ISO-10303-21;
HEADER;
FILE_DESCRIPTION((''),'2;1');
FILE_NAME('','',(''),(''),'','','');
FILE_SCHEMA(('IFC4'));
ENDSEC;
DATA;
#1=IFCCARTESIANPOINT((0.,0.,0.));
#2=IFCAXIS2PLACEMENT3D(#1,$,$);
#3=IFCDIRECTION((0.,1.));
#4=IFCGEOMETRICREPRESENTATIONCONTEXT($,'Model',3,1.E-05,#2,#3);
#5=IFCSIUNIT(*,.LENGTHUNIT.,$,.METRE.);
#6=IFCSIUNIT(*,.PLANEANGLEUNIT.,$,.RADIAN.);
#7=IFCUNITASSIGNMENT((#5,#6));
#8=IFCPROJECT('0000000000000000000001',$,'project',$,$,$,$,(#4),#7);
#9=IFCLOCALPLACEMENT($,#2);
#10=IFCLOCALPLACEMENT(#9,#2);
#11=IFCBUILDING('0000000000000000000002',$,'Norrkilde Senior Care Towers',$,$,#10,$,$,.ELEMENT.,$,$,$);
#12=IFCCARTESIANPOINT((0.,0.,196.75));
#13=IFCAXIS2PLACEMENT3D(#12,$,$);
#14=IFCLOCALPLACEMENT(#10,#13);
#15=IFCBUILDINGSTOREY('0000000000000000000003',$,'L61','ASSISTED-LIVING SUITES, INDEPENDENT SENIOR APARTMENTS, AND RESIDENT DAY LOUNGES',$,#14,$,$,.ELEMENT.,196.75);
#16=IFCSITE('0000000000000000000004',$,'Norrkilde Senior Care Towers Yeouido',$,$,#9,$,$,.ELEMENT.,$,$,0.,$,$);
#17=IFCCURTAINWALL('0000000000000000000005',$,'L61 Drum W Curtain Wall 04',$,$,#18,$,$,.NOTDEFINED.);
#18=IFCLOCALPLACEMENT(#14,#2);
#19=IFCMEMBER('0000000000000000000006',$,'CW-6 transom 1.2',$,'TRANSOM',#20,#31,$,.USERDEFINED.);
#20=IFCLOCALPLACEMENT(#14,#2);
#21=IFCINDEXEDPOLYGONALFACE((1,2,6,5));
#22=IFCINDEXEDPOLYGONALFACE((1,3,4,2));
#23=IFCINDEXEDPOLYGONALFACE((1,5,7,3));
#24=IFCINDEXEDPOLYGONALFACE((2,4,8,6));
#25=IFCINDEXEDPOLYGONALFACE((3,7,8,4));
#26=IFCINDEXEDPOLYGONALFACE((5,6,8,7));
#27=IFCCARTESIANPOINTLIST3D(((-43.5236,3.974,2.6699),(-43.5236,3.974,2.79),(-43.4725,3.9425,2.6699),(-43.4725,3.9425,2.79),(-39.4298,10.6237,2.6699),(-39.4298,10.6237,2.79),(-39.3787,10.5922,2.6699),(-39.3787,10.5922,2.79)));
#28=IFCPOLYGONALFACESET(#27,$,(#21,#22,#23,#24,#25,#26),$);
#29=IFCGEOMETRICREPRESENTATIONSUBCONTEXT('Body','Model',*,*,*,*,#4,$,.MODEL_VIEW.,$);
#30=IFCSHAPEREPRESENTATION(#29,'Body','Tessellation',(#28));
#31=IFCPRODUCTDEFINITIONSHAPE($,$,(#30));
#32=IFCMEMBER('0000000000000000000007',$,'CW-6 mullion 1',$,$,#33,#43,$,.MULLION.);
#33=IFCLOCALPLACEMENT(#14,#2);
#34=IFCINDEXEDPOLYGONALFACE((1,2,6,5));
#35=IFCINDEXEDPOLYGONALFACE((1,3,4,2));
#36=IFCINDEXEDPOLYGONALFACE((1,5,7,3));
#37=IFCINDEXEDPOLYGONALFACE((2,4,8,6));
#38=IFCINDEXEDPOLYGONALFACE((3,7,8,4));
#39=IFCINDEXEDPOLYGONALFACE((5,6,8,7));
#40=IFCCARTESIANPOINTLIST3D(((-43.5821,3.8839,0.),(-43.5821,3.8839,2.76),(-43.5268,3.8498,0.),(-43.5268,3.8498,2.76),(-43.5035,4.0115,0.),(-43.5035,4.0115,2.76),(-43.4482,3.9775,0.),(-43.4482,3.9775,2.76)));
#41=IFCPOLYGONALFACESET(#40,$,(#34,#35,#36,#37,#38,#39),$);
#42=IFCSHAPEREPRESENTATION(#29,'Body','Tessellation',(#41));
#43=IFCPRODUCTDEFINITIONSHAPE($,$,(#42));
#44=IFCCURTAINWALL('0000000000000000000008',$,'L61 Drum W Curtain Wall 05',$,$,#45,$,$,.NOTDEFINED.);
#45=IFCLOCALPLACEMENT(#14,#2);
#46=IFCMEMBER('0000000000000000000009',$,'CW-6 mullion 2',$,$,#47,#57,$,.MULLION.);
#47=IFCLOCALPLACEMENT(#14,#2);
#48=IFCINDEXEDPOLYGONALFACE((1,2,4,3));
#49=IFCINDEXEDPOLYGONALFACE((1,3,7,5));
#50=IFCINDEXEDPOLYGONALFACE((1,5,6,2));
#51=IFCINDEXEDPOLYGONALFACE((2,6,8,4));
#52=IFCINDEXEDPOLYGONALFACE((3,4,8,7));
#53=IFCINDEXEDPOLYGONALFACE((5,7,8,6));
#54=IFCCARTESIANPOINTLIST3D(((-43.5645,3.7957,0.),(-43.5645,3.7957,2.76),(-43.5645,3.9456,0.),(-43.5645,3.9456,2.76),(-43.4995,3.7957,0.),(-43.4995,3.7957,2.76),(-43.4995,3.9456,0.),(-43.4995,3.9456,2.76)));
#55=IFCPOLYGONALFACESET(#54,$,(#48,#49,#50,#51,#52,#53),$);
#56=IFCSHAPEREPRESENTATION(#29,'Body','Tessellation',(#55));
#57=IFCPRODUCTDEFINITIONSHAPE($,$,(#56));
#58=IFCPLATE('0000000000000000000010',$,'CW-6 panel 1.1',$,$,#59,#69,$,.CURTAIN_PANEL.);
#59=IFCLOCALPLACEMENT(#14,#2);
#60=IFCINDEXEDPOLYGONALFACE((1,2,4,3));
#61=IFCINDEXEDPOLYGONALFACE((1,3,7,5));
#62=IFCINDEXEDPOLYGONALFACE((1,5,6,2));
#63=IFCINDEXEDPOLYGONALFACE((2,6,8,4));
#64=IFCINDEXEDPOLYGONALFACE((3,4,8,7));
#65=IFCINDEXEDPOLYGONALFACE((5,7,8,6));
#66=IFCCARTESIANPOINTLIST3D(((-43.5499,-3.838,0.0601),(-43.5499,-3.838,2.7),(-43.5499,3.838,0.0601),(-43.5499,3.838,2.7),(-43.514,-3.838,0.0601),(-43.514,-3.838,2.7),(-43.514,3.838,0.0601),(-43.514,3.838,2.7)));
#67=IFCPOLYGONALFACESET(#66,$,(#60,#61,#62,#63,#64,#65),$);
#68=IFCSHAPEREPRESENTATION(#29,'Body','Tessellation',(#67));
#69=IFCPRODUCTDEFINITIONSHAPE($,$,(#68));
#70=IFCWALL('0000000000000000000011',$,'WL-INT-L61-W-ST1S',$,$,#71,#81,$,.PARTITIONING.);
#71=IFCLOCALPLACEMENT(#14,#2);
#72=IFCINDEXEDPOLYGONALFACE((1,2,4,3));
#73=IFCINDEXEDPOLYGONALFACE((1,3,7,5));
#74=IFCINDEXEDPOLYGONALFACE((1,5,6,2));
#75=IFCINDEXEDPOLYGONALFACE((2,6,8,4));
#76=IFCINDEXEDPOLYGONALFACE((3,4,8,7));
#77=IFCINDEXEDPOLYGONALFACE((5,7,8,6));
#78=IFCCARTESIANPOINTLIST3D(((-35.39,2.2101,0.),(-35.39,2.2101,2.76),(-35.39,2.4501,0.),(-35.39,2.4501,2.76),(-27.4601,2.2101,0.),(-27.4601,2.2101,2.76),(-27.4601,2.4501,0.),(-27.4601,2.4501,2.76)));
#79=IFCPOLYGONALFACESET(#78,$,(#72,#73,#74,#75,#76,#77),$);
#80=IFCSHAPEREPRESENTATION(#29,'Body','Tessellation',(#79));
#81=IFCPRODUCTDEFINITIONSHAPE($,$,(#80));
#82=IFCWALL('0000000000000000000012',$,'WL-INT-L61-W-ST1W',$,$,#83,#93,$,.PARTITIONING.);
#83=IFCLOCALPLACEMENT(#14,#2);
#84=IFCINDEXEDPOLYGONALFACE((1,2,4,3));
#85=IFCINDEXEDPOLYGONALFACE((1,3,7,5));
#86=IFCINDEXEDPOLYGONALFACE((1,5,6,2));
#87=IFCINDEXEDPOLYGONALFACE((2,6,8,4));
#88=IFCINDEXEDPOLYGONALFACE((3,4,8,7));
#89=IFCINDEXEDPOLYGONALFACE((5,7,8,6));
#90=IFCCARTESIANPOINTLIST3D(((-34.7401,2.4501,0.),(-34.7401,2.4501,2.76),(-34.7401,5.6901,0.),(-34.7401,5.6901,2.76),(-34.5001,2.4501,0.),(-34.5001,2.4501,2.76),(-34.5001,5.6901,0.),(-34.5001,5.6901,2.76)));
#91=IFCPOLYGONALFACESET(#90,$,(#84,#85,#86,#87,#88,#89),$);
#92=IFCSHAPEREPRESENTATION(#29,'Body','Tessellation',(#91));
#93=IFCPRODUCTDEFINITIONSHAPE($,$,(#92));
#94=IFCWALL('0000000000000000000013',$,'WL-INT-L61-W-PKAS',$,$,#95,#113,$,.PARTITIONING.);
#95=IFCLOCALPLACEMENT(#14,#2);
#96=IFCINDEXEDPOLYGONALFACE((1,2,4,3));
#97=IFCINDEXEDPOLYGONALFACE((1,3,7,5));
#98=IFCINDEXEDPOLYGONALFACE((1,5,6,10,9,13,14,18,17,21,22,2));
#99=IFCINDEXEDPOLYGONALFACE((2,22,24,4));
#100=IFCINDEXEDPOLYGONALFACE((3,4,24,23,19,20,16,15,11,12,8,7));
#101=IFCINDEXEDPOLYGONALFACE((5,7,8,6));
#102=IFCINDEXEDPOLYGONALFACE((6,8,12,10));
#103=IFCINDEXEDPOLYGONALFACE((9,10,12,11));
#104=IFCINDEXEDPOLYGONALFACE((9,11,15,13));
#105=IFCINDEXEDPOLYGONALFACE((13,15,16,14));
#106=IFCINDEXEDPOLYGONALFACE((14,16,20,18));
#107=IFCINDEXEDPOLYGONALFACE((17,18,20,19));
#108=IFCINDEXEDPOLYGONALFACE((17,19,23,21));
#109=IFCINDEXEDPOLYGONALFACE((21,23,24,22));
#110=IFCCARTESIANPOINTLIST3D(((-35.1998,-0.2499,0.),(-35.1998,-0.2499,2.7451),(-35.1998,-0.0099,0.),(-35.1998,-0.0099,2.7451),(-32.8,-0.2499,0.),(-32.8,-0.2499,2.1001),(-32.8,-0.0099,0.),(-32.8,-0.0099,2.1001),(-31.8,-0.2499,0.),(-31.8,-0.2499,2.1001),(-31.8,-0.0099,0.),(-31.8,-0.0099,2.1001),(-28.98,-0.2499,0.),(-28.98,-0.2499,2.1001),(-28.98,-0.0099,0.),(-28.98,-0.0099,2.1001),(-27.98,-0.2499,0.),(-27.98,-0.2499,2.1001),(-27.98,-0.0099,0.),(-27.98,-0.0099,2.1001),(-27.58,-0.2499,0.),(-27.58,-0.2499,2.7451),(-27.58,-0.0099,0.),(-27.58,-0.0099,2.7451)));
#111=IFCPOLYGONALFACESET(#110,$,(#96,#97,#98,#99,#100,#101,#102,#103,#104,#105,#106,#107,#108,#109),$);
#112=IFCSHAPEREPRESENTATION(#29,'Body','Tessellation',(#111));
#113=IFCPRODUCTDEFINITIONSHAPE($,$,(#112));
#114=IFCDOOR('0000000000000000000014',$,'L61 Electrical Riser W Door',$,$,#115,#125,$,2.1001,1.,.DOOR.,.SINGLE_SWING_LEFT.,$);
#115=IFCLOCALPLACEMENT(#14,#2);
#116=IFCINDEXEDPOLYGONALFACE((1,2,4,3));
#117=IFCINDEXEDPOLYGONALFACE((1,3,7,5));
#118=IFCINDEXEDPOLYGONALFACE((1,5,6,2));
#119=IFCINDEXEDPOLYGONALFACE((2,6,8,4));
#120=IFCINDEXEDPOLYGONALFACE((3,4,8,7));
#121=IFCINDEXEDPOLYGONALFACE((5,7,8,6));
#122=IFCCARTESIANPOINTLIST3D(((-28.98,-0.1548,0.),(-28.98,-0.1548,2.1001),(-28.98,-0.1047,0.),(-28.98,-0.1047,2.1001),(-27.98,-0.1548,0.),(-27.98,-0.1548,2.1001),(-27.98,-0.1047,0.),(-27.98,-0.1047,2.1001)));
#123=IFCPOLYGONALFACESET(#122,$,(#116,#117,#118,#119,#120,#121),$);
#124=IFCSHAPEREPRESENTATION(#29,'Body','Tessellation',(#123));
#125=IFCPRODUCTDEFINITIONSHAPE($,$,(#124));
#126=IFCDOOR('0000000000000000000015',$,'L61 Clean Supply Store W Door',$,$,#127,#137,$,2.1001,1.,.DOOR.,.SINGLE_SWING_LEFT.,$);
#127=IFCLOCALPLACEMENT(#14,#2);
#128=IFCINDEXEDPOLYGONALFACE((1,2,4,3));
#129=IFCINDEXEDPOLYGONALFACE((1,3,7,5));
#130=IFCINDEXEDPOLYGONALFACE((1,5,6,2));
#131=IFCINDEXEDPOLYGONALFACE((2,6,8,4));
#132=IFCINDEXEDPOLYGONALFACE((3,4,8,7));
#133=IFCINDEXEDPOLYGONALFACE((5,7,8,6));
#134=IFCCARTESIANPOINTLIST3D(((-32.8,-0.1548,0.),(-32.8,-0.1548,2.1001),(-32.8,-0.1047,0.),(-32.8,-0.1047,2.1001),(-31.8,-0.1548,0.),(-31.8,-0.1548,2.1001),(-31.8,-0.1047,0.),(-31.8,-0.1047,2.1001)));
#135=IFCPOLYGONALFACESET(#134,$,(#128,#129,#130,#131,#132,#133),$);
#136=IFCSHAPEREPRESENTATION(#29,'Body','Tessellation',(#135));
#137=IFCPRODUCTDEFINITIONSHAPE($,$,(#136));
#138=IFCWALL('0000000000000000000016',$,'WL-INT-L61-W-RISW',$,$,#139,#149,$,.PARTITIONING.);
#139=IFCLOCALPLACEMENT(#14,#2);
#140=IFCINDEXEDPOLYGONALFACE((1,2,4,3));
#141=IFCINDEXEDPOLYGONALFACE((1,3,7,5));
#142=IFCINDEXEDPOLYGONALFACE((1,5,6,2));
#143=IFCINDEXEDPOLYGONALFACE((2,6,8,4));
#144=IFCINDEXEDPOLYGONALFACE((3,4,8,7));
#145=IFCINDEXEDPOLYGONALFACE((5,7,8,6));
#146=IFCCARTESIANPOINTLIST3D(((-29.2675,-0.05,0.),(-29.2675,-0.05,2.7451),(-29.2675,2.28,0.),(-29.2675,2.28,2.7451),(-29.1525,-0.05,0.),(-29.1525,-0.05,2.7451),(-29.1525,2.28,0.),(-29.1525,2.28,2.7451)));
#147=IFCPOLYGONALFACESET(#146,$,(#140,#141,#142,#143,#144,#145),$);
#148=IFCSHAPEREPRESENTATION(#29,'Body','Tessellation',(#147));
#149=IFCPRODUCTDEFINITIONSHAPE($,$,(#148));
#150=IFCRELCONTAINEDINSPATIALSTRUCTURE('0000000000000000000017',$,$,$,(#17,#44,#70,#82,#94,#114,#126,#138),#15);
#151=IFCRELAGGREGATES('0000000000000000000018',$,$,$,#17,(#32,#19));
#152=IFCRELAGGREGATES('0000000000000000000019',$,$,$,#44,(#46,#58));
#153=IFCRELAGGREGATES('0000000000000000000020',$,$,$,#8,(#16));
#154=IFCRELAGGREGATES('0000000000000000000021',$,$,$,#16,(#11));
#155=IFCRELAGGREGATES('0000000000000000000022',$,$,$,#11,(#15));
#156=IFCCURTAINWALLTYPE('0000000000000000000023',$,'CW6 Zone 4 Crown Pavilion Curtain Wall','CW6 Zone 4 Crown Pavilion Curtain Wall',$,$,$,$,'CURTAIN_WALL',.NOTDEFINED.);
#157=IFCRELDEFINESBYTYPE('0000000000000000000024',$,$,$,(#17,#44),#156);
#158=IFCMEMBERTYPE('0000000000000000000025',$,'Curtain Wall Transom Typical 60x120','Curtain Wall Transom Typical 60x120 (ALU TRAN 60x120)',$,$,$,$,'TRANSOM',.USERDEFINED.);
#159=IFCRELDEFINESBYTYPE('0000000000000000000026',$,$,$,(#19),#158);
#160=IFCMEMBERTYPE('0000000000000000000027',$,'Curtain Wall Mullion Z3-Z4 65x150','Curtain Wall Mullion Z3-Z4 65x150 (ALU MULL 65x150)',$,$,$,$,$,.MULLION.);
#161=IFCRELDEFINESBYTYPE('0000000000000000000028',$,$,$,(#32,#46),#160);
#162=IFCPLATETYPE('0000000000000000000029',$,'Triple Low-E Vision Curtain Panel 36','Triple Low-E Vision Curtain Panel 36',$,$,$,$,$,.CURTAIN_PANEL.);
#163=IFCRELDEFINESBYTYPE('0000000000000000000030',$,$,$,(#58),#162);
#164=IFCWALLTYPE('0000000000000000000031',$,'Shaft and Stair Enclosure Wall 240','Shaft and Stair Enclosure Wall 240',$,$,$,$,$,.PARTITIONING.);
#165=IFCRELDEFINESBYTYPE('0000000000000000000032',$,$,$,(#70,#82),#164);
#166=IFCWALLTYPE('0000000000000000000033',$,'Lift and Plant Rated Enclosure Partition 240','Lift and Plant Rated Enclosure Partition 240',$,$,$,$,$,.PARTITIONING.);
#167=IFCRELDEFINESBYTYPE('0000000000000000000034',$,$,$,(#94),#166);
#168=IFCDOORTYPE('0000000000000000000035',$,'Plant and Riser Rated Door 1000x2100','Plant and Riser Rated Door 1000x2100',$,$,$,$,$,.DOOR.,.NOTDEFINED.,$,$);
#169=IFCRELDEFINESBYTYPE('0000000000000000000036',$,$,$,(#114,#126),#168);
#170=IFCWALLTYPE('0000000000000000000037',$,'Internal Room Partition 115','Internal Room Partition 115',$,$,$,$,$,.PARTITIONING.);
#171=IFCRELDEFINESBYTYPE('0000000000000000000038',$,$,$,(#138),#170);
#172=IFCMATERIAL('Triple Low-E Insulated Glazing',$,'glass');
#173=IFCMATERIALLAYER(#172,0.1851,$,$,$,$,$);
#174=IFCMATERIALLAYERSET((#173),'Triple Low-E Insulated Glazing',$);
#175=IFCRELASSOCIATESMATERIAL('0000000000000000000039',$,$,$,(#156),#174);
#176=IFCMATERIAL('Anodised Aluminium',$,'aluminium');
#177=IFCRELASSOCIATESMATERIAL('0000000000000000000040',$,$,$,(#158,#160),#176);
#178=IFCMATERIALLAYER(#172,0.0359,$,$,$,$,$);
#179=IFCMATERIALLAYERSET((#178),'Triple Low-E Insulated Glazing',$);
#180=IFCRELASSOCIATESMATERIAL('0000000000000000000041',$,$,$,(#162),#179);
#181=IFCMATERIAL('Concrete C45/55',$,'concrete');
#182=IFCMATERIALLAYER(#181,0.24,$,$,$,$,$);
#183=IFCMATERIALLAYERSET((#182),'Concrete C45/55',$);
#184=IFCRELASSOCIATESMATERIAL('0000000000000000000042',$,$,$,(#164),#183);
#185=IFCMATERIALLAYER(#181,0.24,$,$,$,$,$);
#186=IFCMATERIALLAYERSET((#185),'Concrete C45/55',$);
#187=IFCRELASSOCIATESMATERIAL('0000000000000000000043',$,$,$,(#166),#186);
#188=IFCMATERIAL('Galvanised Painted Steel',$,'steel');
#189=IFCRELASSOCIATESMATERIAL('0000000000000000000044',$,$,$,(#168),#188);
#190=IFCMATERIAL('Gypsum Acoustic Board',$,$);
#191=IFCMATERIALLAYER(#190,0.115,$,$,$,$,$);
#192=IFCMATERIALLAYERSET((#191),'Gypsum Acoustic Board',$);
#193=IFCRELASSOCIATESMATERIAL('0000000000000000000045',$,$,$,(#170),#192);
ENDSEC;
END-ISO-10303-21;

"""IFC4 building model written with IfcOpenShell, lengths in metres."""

from ifc_helpers import new_model, si_unit, direction, frame, frame_2d, origin, origin_2d, place, context, subcontext, project, spatial, rectangle, extrude, source, transform, mapped, material, layer, layer_set, material_profile, profile_set, type_object, type_shapes, element, fill, aggregate, save


model = new_model("IFC4")

# Units and contexts
model_context = context("Model", 3, precision=1e-05, world=origin(), true_north=direction((0.0, 1.0)))
body_context = subcontext(model_context, "Body", "Model", "MODEL_VIEW")
ifc_project = project(units=[si_unit("LENGTHUNIT", "METRE"), si_unit("PLANEANGLEUNIT", "RADIAN")], contexts=[model_context])

# Site, building, storey
site_placement = place(None, origin())
site = spatial("IfcSite", under=ifc_project, at=site_placement, Name="Norrkilde Senior Care Towers Yeouido", CompositionType="ELEMENT", RefElevation=0.0)
building_placement = place(site_placement, origin())
building = spatial("IfcBuilding", under=site, at=building_placement, Name="Norrkilde Senior Care Towers", CompositionType="ELEMENT")
storey_placement = place(building_placement, frame((0.0, 0.0, 196.75)))
storey = spatial("IfcBuildingStorey", under=building, at=storey_placement, Name="L61", Description="ASSISTED-LIVING SUITES, INDEPENDENT SENIOR APARTMENTS, AND RESIDENT DAY LOUNGES", CompositionType="ELEMENT", Elevation=196.75)

# Curtain wall, members
ifc_material_1 = material(Name="Triple Low-E Insulated Glazing", Category="glass")
ifc_layer_1 = layer(ifc_material_1, 0.1851)
ifc_layer_set_1 = layer_set([ifc_layer_1], Name="Triple Low-E Insulated Glazing")
curtain_wall_type = type_object("IfcCurtainWallType", Name="CW6 Zone 4 Crown Pavilion Curtain Wall", Description="CW6 Zone 4 Crown Pavilion Curtain Wall", ElementType="CURTAIN_WALL", PredefinedType="NOTDEFINED", material=ifc_layer_set_1)
curtain_wall_1_placement = place(storey_placement, origin())
curtain_wall_1 = element("IfcCurtainWall", 1, at=curtain_wall_1_placement, inside=storey, type_object=curtain_wall_type, Name="L61 Drum W Curtain Wall 04", PredefinedType="NOTDEFINED")
ifc_material_2 = material(Name="Anodised Aluminium", Category="aluminium")
ifc_material_profile_1 = material_profile(ifc_material_2, rectangle(XDim=0.0601, YDim=0.1201, at=origin_2d()), Name="ALU TRAN 60x120")
ifc_profile_set_1 = profile_set([ifc_material_profile_1], Name="Anodised Aluminium")
member_type_1 = type_object("IfcMemberType", Name="Curtain Wall Transom Typical 60x120", Description="Curtain Wall Transom Typical 60x120 (ALU TRAN 60x120)", ElementType="TRANSOM", PredefinedType="USERDEFINED", material=ifc_profile_set_1)
shared_shape_1 = source(origin(), body_context, "Body", "SweptSolid", [
    extrude(rectangle(XDim=0.0601, YDim=0.1201, at=origin_2d()), origin(), (0.0, 0.0, 1.0), 7.8088),
])
type_shapes(member_type_1, [shared_shape_1])
member_1_placement = place(storey_placement, frame((-43.498, 3.9583, 2.73), z_axis=(0.524251, 0.851564, 0.0), x_axis=(-0.851564, 0.524251, 0.0)))
member_1 = element("IfcMember", 2, at=member_1_placement, type_object=member_type_1, Name="CW-6 transom 1.2", ObjectType="TRANSOM", PredefinedType="USERDEFINED", context=body_context, shape_type="MappedRepresentation", body=[
    mapped(shared_shape_1, transform((0.0, 0.0, 0.0), x_axis=(1.0, 0.0, 0.0), y_axis=(0.0, 1.0, 0.0), z_axis=(0.0, 0.0, 1.0), scale=1.0)),
])
ifc_material_profile_2 = material_profile(ifc_material_2, rectangle(XDim=0.0649, YDim=0.1499, at=origin_2d()), Name="ALU MULL 65x150")
ifc_profile_set_2 = profile_set([ifc_material_profile_2], Name="Anodised Aluminium")
member_type_2 = type_object("IfcMemberType", Name="Curtain Wall Mullion Z3-Z4 65x150", Description="Curtain Wall Mullion Z3-Z4 65x150 (ALU MULL 65x150)", PredefinedType="MULLION", material=ifc_profile_set_2)
shared_shape_2 = source(origin(), body_context, "Body", "SweptSolid", [
    extrude(rectangle(XDim=0.0649, YDim=0.1499, at=origin_2d()), origin(), (0.0, 0.0, 1.0), 2.76),
])
type_shapes(member_type_2, [shared_shape_2])
member_2_placement = place(storey_placement, frame((-43.5151, 3.9307, 0.0), z_axis=(0.0, 0.0, 1.0), x_axis=(-0.851563, 0.524253, 0.0)))
member_2 = element("IfcMember", 3, at=member_2_placement, type_object=member_type_2, Name="CW-6 mullion 1", PredefinedType="MULLION", context=body_context, shape_type="MappedRepresentation", body=[
    mapped(shared_shape_2, transform((0.0, 0.0, 0.0), x_axis=(1.0, 0.0, 0.0), y_axis=(0.0, 1.0, 0.0), z_axis=(0.0, 0.0, 1.0), scale=1.0)),
])
aggregate(curtain_wall_1, [member_2, member_1])

# Curtain wall, member, plate
curtain_wall_2_placement = place(storey_placement, origin())
curtain_wall_2 = element("IfcCurtainWall", 4, at=curtain_wall_2_placement, inside=storey, type_object=curtain_wall_type, Name="L61 Drum W Curtain Wall 05", PredefinedType="NOTDEFINED")
member_3_placement = place(storey_placement, frame((-43.532, 3.8706, 0.0), z_axis=(0.0, 0.0, 1.0), x_axis=(-1.0, 0.0, 0.0)))
member_3 = element("IfcMember", 5, at=member_3_placement, type_object=member_type_2, Name="CW-6 mullion 2", PredefinedType="MULLION", context=body_context, shape_type="MappedRepresentation", body=[
    mapped(shared_shape_2, transform((0.0, 0.0, 0.0), x_axis=(1.0, 0.0, 0.0), y_axis=(0.0, 1.0, 0.0), z_axis=(0.0, 0.0, 1.0), scale=1.0)),
])
ifc_layer_2 = layer(ifc_material_1, 0.0359)
ifc_layer_set_2 = layer_set([ifc_layer_2], Name="Triple Low-E Insulated Glazing")
plate_type = type_object("IfcPlateType", Name="Triple Low-E Vision Curtain Panel 36", Description="Triple Low-E Vision Curtain Panel 36", PredefinedType="CURTAIN_PANEL", material=ifc_layer_set_2)
shared_shape_3 = source(origin(), body_context, "Body", "SweptSolid", [
    extrude(rectangle(XDim=7.676, YDim=0.0359, at=origin_2d()), origin(), (0.0, 0.0, 1.0), 2.6399),
])
type_shapes(plate_type, [shared_shape_3])
plate_placement = place(storey_placement, frame((-43.532, 0.0, 0.0601), z_axis=(0.0, 0.0, 1.0), x_axis=(0.0, 1.0, 0.0)))
plate = element("IfcPlate", 6, at=plate_placement, type_object=plate_type, Name="CW-6 panel 1.1", PredefinedType="CURTAIN_PANEL", context=body_context, shape_type="MappedRepresentation", body=[
    mapped(shared_shape_3, transform((0.0, 0.0, 0.0), x_axis=(1.0, 0.0, 0.0), y_axis=(0.0, 1.0, 0.0), z_axis=(0.0, 0.0, 1.0), scale=1.0)),
])
aggregate(curtain_wall_2, [member_3, plate])

# Walls
ifc_material_3 = material(Name="Concrete C45/55", Category="concrete")
ifc_layer_3 = layer(ifc_material_3, 0.24)
ifc_layer_set_3 = layer_set([ifc_layer_3], Name="Concrete C45/55")
wall_type_1 = type_object("IfcWallType", Name="Shaft and Stair Enclosure Wall 240", Description="Shaft and Stair Enclosure Wall 240", PredefinedType="PARTITIONING", material=ifc_layer_set_3)
shared_shape_4 = source(origin(), body_context, "Body", "SweptSolid", [
    extrude(rectangle(XDim=7.9299, YDim=0.24, at=frame_2d((3.9648, 0.0))), origin(), (0.0, 0.0, 1.0), 2.76),
])
wall_1_placement = place(storey_placement, frame((-35.3899, 2.3301, 0.0), z_axis=(0.0, 0.0, 1.0), x_axis=(1.0, 0.0, 0.0)))
element("IfcWall", 7, at=wall_1_placement, inside=storey, type_object=wall_type_1, Name="WL-INT-L61-W-ST1S", PredefinedType="PARTITIONING", context=body_context, shape_type="MappedRepresentation", body=[
    mapped(shared_shape_4, transform((0.0, 0.0, 0.0), x_axis=(1.0, 0.0, 0.0), y_axis=(0.0, 1.0, 0.0), z_axis=(0.0, 0.0, 1.0), scale=1.0)),
])
shared_shape_5 = source(origin(), body_context, "Body", "SweptSolid", [
    extrude(rectangle(XDim=3.24, YDim=0.24, at=frame_2d((1.6201, 0.0))), origin(), (0.0, 0.0, 1.0), 2.76),
])
type_shapes(wall_type_1, [shared_shape_4, shared_shape_5])
wall_2_placement = place(storey_placement, frame((-34.6201, 2.45, 0.0), z_axis=(0.0, 0.0, 1.0), x_axis=(0.0, 1.0, 0.0)))
element("IfcWall", 8, at=wall_2_placement, inside=storey, type_object=wall_type_1, Name="WL-INT-L61-W-ST1W", PredefinedType="PARTITIONING", context=body_context, shape_type="MappedRepresentation", body=[
    mapped(shared_shape_5, transform((0.0, 0.0, 0.0), x_axis=(1.0, 0.0, 0.0), y_axis=(0.0, 1.0, 0.0), z_axis=(0.0, 0.0, 1.0), scale=1.0)),
])

# Wall, openings, doors
ifc_layer_4 = layer(ifc_material_3, 0.24)
ifc_layer_set_4 = layer_set([ifc_layer_4], Name="Concrete C45/55")
wall_type_2 = type_object("IfcWallType", Name="Lift and Plant Rated Enclosure Partition 240", Description="Lift and Plant Rated Enclosure Partition 240", PredefinedType="PARTITIONING", material=ifc_layer_set_4)
shared_shape_6 = source(origin(), body_context, "Body", "SweptSolid", [
    extrude(rectangle(XDim=7.6199, YDim=0.24, at=frame_2d((3.8101, 0.0))), origin(), (0.0, 0.0, 1.0), 2.7451),
])
type_shapes(wall_type_2, [shared_shape_6])
wall_3_placement = place(storey_placement, frame((-35.2, -0.1299, 0.0), z_axis=(0.0, 0.0, 1.0), x_axis=(1.0, 0.0, 0.0)))
wall_3 = element("IfcWall", 9, at=wall_3_placement, inside=storey, type_object=wall_type_2, Name="WL-INT-L61-W-PKAS", PredefinedType="PARTITIONING", context=body_context, shape_type="MappedRepresentation", body=[
    mapped(shared_shape_6, transform((0.0, 0.0, 0.0), x_axis=(1.0, 0.0, 0.0), y_axis=(0.0, 1.0, 0.0), z_axis=(0.0, 0.0, 1.0), scale=1.0)),
])
opening_1_placement = place(wall_3_placement, frame((6.22, 0.0, 0.0)))
opening_1 = element("IfcOpeningElement", 10, at=opening_1_placement, cuts=wall_3, PredefinedType="OPENING", context=body_context, shape_type="SweptSolid", body=[
    extrude(rectangle(XDim=1.0, YDim=2.1001, at=frame_2d((0.5, 1.05))), frame((0.0, 0.1299, 0.0), z_axis=(0.0, -1.0, 0.0), x_axis=(1.0, 0.0, 0.0)), (0.0, 0.0, 1.0), 0.26),
])
opening_2_placement = place(wall_3_placement, frame((2.3999, 0.0, 0.0)))
opening_2 = element("IfcOpeningElement", 11, at=opening_2_placement, cuts=wall_3, PredefinedType="OPENING", context=body_context, shape_type="SweptSolid", body=[
    extrude(rectangle(XDim=1.0, YDim=2.1001, at=frame_2d((0.5, 1.05))), frame((0.0, 0.1299, 0.0), z_axis=(0.0, -1.0, 0.0), x_axis=(1.0, 0.0, 0.0)), (0.0, 0.0, 1.0), 0.26),
])
ifc_material_4 = material(Name="Galvanised Painted Steel", Category="steel")
door_type_1 = type_object("IfcDoorType", Name="Plant and Riser Rated Door 1000x2100", Description="Plant and Riser Rated Door 1000x2100", OperationType="NOTDEFINED", PredefinedType="DOOR", material=ifc_material_4)
shared_shape_7 = source(origin(), body_context, "Body", "SweptSolid", [
    extrude(rectangle(XDim=1.0, YDim=2.1001, at=frame_2d((0.5, 1.05))), frame((0.0, 0.0249, 0.0), z_axis=(0.0, -1.0, 0.0), x_axis=(1.0, 0.0, 0.0)), (0.0, 0.0, 1.0), 0.05),
])
type_shapes(door_type_1, [shared_shape_7])
door_1_placement = place(opening_1_placement, frame((1.0, 0.0, 0.0), z_axis=(0.0, 0.0, 1.0), x_axis=(-1.0, 0.0, 0.0)))
door_1 = element("IfcDoor", 12, at=door_1_placement, inside=storey, type_object=door_type_1, Name="L61 Electrical Riser W Door", OperationType="SINGLE_SWING_LEFT", OverallHeight=2.1001, OverallWidth=1.0, PredefinedType="DOOR", context=body_context, shape_type="MappedRepresentation", body=[
    mapped(shared_shape_7, transform((0.0, 0.0, 0.0), x_axis=(1.0, 0.0, 0.0), y_axis=(0.0, 1.0, 0.0), z_axis=(0.0, 0.0, 1.0), scale=1.0)),
])
fill(opening_1, door_1)
door_2_placement = place(opening_2_placement, frame((1.0, 0.0, 0.0), z_axis=(0.0, 0.0, 1.0), x_axis=(-1.0, 0.0, 0.0)))
door_2 = element("IfcDoor", 13, at=door_2_placement, inside=storey, type_object=door_type_1, Name="L61 Clean Supply Store W Door", OperationType="SINGLE_SWING_LEFT", OverallHeight=2.1001, OverallWidth=1.0, PredefinedType="DOOR", context=body_context, shape_type="MappedRepresentation", body=[
    mapped(shared_shape_7, transform((0.0, 0.0, 0.0), x_axis=(1.0, 0.0, 0.0), y_axis=(0.0, 1.0, 0.0), z_axis=(0.0, 0.0, 1.0), scale=1.0)),
])
fill(opening_2, door_2)

# Wall
ifc_material_5 = material(Name="Gypsum Acoustic Board")
ifc_layer_5 = layer(ifc_material_5, 0.115)
ifc_layer_set_5 = layer_set([ifc_layer_5], Name="Gypsum Acoustic Board")
wall_type_3 = type_object("IfcWallType", Name="Internal Room Partition 115", Description="Internal Room Partition 115", PredefinedType="PARTITIONING", material=ifc_layer_set_5)
shared_shape_8 = source(origin(), body_context, "Body", "SweptSolid", [
    extrude(rectangle(XDim=2.3301, YDim=0.115, at=frame_2d((1.165, 0.0))), origin(), (0.0, 0.0, 1.0), 2.7451),
])
type_shapes(wall_type_3, [shared_shape_8])
wall_4_placement = place(storey_placement, frame((-29.21, -0.05, 0.0), z_axis=(0.0, 0.0, 1.0), x_axis=(0.0, 1.0, 0.0)))
element("IfcWall", 14, at=wall_4_placement, inside=storey, type_object=wall_type_3, Name="WL-INT-L61-W-RISW", PredefinedType="PARTITIONING", context=body_context, shape_type="MappedRepresentation", body=[
    mapped(shared_shape_8, transform((0.0, 0.0, 0.0), x_axis=(1.0, 0.0, 0.0), y_axis=(0.0, 1.0, 0.0), z_axis=(0.0, 0.0, 1.0), scale=1.0)),
])

save(model, "model.ifc")
